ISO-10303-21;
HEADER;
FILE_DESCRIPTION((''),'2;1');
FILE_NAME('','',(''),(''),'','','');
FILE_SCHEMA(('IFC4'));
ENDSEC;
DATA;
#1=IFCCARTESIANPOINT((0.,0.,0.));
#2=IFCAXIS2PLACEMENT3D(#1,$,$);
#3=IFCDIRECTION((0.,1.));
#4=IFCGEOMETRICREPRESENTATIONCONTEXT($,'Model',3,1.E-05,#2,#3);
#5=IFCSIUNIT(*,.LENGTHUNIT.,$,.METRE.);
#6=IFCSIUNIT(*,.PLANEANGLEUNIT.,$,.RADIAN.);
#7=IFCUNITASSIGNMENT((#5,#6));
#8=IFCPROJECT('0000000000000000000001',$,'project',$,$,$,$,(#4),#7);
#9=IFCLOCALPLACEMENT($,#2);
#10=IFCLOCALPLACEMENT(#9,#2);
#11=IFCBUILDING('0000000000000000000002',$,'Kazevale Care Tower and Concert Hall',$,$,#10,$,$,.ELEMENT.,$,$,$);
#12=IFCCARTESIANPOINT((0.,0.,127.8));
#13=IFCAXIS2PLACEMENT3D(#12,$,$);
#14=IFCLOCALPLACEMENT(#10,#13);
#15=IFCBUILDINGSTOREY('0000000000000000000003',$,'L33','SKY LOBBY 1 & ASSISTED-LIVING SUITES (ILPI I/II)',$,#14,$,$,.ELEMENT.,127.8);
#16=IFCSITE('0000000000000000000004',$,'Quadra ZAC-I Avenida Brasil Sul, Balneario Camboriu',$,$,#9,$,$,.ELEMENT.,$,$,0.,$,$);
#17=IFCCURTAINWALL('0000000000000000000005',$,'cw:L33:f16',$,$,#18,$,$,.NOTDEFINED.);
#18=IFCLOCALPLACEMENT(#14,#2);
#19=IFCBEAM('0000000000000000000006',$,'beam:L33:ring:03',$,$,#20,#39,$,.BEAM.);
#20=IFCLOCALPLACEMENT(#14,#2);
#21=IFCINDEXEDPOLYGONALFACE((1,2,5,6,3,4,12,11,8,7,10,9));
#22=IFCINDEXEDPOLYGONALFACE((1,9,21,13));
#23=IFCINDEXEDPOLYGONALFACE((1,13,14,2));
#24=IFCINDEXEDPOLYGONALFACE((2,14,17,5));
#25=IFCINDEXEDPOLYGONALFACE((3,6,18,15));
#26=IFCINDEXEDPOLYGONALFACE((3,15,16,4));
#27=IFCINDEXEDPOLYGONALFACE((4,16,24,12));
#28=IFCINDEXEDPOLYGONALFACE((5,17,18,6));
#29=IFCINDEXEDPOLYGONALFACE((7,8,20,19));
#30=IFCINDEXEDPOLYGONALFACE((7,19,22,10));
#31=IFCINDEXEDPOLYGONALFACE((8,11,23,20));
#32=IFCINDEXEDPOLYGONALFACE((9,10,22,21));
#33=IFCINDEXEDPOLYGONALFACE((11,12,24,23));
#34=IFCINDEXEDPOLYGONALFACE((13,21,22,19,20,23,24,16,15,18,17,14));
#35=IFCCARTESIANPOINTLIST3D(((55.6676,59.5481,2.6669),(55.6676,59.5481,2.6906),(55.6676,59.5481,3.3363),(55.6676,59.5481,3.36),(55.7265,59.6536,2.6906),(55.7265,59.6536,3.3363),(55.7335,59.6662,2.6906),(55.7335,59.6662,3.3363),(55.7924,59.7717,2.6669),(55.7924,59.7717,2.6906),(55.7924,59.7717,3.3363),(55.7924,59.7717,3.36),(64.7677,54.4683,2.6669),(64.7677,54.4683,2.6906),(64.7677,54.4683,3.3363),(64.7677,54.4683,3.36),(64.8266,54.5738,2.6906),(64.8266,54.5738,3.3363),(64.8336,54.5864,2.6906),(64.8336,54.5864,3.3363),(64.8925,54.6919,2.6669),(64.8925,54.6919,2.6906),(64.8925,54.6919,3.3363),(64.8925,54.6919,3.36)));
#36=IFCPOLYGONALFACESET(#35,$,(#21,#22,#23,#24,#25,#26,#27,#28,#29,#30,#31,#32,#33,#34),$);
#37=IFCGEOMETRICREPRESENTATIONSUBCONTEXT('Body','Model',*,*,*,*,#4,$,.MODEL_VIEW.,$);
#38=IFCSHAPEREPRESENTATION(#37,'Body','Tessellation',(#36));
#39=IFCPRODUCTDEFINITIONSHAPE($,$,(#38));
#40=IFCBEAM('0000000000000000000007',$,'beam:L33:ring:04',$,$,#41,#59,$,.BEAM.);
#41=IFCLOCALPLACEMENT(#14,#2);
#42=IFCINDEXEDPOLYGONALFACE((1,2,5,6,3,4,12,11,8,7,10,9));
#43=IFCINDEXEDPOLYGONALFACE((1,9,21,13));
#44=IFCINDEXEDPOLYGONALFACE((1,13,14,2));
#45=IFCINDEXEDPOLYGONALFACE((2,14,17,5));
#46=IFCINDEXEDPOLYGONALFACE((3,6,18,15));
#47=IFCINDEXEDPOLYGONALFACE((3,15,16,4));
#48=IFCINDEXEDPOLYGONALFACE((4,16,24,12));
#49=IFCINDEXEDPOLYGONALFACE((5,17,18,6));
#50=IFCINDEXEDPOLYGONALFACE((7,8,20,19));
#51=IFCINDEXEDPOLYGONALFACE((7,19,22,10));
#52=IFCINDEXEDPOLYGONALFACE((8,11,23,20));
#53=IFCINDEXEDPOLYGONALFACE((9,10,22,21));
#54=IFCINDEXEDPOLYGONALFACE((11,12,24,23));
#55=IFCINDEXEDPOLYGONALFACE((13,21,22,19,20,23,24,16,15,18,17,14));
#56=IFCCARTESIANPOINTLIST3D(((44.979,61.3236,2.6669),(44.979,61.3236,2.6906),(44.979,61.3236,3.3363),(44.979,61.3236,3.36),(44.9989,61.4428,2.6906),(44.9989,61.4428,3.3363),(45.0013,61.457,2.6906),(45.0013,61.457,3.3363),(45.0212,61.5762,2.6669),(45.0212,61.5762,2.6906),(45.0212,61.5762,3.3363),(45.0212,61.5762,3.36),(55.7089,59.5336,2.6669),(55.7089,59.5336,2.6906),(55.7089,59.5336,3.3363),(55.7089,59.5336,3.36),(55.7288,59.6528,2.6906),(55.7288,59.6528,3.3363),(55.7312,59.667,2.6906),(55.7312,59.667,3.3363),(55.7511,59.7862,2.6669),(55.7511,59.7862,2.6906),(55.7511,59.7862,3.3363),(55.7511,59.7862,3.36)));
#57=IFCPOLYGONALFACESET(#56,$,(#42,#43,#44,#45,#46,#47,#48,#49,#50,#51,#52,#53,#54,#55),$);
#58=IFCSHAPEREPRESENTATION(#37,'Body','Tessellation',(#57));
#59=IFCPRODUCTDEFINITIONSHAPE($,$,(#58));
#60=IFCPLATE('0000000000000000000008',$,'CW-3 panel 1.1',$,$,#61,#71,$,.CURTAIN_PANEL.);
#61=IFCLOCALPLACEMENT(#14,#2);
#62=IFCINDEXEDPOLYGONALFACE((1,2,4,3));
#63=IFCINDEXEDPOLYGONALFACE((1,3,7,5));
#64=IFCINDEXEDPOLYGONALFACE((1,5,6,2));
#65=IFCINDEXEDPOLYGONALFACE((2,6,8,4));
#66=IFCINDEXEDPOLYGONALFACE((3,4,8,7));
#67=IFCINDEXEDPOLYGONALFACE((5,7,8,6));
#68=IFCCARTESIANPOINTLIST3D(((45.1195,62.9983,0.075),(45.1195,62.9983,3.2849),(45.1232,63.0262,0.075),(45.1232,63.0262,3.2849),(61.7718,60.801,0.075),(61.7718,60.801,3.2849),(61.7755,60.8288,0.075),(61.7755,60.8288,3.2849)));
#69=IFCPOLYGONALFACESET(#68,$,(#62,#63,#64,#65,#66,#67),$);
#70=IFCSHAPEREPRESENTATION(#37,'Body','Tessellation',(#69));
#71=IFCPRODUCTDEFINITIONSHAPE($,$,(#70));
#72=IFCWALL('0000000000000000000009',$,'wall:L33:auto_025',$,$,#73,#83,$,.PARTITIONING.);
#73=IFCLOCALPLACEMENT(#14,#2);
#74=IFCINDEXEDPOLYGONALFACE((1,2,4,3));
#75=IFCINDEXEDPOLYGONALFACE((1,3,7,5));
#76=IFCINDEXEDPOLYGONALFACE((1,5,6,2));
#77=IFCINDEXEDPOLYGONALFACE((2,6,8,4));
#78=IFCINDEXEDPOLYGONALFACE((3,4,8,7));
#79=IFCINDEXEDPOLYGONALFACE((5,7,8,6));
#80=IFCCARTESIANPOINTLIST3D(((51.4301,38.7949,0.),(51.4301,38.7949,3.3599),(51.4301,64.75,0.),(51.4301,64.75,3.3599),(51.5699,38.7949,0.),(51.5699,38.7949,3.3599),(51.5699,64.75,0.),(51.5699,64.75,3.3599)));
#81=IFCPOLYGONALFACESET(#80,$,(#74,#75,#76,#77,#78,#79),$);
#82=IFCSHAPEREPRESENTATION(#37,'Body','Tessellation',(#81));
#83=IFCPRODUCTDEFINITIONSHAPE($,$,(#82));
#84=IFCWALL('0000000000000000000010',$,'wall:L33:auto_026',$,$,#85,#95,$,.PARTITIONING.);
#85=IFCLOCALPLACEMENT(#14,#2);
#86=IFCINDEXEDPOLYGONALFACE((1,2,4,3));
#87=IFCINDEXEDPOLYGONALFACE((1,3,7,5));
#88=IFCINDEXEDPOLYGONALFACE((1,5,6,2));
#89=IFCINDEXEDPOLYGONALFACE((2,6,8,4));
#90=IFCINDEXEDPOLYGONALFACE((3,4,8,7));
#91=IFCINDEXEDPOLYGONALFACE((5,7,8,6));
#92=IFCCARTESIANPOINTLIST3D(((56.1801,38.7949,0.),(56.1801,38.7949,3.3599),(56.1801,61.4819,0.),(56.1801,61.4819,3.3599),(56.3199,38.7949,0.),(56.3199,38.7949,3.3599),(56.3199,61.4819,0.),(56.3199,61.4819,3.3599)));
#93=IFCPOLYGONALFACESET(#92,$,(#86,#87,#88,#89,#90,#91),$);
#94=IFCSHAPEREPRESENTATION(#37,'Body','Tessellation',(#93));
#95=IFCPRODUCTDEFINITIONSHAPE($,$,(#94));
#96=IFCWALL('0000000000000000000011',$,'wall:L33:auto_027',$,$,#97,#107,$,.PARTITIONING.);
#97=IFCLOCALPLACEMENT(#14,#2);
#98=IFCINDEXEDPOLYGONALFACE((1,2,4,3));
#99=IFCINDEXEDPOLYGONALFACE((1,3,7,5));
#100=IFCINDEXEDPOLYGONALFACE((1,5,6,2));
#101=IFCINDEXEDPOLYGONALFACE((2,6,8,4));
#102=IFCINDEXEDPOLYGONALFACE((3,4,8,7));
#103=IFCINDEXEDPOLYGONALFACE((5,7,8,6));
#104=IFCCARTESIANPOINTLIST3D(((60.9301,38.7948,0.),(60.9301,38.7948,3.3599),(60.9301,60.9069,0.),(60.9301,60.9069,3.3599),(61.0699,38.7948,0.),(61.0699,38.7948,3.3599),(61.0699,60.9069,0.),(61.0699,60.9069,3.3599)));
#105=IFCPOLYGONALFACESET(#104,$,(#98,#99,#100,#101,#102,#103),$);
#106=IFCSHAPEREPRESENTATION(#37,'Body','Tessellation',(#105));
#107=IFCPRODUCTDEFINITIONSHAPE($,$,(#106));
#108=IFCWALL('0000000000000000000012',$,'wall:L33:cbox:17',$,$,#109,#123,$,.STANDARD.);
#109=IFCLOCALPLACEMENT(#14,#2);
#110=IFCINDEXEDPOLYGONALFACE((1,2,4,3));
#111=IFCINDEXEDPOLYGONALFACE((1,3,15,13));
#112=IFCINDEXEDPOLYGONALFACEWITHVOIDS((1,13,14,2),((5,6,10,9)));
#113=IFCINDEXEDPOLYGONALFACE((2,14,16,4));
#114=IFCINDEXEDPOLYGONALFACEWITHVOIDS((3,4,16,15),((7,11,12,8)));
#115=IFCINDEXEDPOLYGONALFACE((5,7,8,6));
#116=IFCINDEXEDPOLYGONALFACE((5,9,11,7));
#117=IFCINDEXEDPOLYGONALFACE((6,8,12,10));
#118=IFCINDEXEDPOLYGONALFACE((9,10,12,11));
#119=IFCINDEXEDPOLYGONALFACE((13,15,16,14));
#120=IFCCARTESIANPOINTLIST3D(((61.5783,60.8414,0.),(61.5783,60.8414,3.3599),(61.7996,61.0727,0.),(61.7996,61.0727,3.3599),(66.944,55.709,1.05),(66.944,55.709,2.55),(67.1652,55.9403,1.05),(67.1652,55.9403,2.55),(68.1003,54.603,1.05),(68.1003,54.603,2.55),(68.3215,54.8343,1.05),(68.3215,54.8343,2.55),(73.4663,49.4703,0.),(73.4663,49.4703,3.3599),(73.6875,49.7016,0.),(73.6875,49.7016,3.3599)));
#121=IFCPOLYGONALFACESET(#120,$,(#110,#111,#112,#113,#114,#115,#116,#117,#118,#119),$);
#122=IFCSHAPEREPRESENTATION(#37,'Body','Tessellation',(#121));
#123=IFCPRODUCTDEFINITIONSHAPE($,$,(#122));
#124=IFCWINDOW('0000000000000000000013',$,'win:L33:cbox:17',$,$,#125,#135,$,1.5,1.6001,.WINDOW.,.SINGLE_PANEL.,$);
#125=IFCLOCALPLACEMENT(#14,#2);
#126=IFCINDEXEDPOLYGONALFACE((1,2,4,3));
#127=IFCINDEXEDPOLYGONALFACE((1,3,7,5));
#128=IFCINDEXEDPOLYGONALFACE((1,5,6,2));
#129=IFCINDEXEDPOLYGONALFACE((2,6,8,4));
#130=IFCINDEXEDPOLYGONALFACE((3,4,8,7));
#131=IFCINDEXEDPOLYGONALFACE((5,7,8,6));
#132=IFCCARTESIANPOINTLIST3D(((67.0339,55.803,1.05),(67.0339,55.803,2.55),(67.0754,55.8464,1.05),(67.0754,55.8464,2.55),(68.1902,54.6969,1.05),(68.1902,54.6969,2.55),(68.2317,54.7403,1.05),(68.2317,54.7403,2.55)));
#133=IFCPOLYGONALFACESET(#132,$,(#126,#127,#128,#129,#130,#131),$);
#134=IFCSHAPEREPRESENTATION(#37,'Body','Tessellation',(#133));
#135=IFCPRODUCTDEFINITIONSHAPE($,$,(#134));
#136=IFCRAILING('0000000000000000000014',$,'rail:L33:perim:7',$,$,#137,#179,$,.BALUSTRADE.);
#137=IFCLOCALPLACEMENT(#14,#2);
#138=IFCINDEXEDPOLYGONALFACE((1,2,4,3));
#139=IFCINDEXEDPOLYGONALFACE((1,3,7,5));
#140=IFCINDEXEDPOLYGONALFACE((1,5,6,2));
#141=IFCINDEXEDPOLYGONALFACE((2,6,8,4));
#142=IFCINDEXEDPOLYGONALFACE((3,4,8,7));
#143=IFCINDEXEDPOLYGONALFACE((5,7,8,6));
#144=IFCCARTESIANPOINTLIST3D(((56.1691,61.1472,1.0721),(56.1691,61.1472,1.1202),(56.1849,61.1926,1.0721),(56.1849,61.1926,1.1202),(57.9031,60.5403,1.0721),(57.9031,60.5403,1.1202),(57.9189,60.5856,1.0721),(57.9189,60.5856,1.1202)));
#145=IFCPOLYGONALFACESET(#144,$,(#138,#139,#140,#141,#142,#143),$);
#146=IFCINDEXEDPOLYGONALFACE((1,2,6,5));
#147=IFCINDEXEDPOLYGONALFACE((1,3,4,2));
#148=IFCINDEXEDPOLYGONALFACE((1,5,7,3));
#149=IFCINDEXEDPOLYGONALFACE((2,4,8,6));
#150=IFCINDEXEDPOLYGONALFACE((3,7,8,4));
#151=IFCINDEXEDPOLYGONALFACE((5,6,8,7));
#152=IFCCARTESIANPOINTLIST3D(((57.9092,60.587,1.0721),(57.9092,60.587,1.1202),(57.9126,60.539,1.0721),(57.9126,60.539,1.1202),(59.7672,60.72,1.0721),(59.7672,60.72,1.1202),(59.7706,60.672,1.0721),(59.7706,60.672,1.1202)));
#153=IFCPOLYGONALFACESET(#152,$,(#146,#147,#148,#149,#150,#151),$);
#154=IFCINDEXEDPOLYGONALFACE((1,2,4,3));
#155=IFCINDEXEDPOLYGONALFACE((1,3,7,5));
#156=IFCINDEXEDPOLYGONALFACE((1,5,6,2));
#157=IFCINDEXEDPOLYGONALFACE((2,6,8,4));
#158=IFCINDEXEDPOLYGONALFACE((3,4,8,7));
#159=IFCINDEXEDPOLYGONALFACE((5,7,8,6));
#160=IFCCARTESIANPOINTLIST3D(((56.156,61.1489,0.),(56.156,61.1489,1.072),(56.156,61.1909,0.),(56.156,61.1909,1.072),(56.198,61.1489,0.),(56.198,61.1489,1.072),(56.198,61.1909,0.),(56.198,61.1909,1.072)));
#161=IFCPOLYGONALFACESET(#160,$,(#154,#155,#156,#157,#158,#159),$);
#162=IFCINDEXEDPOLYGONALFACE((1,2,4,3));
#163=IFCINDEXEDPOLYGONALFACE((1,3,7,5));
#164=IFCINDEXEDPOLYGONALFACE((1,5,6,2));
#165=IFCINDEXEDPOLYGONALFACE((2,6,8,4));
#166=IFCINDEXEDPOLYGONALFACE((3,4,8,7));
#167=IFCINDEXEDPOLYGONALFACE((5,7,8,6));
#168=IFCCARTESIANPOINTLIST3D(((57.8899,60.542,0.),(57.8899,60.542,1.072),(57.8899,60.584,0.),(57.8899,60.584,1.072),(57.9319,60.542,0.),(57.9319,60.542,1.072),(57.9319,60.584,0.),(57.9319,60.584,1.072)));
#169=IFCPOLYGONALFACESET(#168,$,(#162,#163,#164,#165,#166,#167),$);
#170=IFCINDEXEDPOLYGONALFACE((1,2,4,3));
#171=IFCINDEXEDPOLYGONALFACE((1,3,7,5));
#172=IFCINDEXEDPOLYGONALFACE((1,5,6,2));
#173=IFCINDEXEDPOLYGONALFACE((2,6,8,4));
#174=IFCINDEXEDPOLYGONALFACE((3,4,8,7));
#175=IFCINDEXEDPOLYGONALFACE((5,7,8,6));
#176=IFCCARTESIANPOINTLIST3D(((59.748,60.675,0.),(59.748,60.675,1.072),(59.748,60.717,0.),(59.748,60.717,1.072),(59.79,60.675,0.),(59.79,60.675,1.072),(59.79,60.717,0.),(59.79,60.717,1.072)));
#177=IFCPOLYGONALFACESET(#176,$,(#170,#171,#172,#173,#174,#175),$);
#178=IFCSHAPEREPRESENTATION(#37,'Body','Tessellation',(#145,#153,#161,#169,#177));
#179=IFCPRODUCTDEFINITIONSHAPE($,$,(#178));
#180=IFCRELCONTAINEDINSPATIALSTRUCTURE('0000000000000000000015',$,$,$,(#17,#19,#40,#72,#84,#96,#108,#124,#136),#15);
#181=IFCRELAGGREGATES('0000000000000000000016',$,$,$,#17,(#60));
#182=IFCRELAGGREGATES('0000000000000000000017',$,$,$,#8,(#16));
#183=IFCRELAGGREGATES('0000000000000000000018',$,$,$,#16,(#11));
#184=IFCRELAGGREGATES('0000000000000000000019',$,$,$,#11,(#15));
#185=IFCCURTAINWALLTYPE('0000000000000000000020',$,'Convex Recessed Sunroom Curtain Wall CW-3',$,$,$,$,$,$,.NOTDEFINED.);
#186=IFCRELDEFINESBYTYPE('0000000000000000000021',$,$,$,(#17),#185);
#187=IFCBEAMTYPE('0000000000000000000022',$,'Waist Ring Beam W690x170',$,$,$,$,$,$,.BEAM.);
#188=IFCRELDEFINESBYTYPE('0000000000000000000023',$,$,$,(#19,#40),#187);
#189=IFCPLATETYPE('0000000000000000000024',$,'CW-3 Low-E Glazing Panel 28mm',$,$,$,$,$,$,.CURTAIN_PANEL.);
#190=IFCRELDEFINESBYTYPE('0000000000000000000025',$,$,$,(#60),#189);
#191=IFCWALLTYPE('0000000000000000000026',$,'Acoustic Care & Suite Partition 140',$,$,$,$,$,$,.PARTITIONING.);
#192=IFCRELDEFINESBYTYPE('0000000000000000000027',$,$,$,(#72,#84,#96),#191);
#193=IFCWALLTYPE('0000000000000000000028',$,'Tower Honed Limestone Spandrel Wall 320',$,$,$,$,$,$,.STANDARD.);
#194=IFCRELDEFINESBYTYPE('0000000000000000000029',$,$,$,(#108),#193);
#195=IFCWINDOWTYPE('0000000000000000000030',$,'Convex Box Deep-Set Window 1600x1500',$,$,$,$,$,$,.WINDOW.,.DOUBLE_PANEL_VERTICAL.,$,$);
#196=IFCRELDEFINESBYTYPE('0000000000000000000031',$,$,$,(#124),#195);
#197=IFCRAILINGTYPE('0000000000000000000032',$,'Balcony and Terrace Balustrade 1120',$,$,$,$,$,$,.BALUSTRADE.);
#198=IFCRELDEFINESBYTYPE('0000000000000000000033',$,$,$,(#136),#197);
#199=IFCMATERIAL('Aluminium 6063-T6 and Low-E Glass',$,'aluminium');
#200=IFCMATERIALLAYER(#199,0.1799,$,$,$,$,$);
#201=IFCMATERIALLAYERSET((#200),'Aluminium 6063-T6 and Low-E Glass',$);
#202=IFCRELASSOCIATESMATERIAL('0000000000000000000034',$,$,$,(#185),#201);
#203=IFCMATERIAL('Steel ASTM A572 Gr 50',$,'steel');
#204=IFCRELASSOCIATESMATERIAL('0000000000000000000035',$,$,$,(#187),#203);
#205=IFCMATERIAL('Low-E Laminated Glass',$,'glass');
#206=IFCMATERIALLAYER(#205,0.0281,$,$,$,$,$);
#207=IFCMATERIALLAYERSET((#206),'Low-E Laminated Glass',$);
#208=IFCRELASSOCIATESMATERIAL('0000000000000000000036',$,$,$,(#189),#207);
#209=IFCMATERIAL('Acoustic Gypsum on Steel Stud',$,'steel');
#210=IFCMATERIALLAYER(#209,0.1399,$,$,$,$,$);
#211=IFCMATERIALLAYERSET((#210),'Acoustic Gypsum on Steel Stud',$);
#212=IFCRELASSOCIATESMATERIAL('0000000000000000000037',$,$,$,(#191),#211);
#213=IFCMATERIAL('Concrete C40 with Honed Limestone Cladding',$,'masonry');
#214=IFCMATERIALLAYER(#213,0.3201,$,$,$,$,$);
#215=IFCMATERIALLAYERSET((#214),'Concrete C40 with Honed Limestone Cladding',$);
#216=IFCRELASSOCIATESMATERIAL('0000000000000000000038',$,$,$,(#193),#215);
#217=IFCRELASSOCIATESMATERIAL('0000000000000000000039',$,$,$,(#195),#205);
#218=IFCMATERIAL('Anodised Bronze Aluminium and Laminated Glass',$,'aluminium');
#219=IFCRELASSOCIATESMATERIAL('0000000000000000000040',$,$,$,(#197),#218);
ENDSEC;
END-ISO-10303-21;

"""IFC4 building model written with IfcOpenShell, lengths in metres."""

from ifc_helpers import new_model, si_unit, direction, frame, frame_2d, origin, origin_2d, place, context, subcontext, project, spatial, rectangle, i_section, extrude, material, layer, layer_set, material_profile, profile_set, type_object, element, fill, aggregate, save


model = new_model("IFC4")

# Units and contexts
model_context = context("Model", 3, precision=1e-05, world=origin(), true_north=direction((0.0, 1.0)))
body_context = subcontext(model_context, "Body", "Model", "MODEL_VIEW")
ifc_project = project(units=[si_unit("LENGTHUNIT", "METRE"), si_unit("PLANEANGLEUNIT", "RADIAN")], contexts=[model_context])

# Site, building, storey
site_placement = place(None, origin())
site = spatial("IfcSite", under=ifc_project, at=site_placement, Name="Quadra ZAC-I Avenida Brasil Sul, Balneario Camboriu", CompositionType="ELEMENT", RefElevation=0.0)
building_placement = place(site_placement, origin())
building = spatial("IfcBuilding", under=site, at=building_placement, Name="Kazevale Care Tower and Concert Hall", CompositionType="ELEMENT")
storey_placement = place(building_placement, frame((0.0, 0.0, 127.8)))
storey = spatial("IfcBuildingStorey", under=building, at=storey_placement, Name="L33", Description="SKY LOBBY 1 & ASSISTED-LIVING SUITES (ILPI I/II)", CompositionType="ELEMENT", Elevation=127.8)

# Curtain wall
ifc_material_1 = material(Name="Aluminium 6063-T6 and Low-E Glass", Category="aluminium")
ifc_layer_1 = layer(ifc_material_1, 0.1799)
ifc_layer_set_1 = layer_set([ifc_layer_1], Name="Aluminium 6063-T6 and Low-E Glass")
curtain_wall_type_1 = type_object("IfcCurtainWallType", Name="Convex Recessed Sunroom Curtain Wall CW-3", PredefinedType="NOTDEFINED", material=ifc_layer_set_1)
curtain_wall_1_placement = place(storey_placement, origin())
curtain_wall_1 = element("IfcCurtainWall", 1, at=curtain_wall_1_placement, inside=storey, type_object=curtain_wall_type_1, Name="cw:L33:f16", PredefinedType="NOTDEFINED")

# Beams
ifc_material_2 = material(Name="Steel ASTM A572 Gr 50", Category="steel")
ifc_material_profile_1 = material_profile(ifc_material_2, i_section(OverallWidth=0.2561, OverallDepth=0.6931, WebThickness=0.0144, FlangeThickness=0.0237, at=origin_2d()), Name="W690x170")
ifc_profile_set_1 = profile_set([ifc_material_profile_1], Name="Steel ASTM A572 Gr 50")
beam_type = type_object("IfcBeamType", Name="Waist Ring Beam W690x170", PredefinedType="BEAM", material=ifc_profile_set_1)
beam_1_placement = place(storey_placement, frame((64.8301, 54.5801, 3.0134), z_axis=(-0.873169, 0.487418, 0.0), x_axis=(-0.487418, -0.873169, 0.0)))
element("IfcBeam", 2, at=beam_1_placement, inside=storey, type_object=beam_type, Name="beam:L33:ring:03", PredefinedType="BEAM", context=body_context, shape_type="SweptSolid", body=[
    extrude(i_section(OverallWidth=0.2561, OverallDepth=0.6931, WebThickness=0.0144, FlangeThickness=0.0237, at=origin_2d()), origin(), (0.0, 0.0, 1.0), 10.4219),
])
beam_2_placement = place(storey_placement, frame((55.73, 59.6599, 3.0134), z_axis=(-0.986368, 0.164552, 0.0), x_axis=(-0.164552, -0.986368, 0.0)))
element("IfcBeam", 3, at=beam_2_placement, inside=storey, type_object=beam_type, Name="beam:L33:ring:04", PredefinedType="BEAM", context=body_context, shape_type="SweptSolid", body=[
    extrude(i_section(OverallWidth=0.2561, OverallDepth=0.6931, WebThickness=0.0144, FlangeThickness=0.0237, at=origin_2d()), origin(), (0.0, 0.0, 1.0), 10.8782),
])

# Plate
ifc_material_3 = material(Name="Low-E Laminated Glass", Category="glass")
ifc_layer_2 = layer(ifc_material_3, 0.0281)
ifc_layer_set_2 = layer_set([ifc_layer_2], Name="Low-E Laminated Glass")
plate_type = type_object("IfcPlateType", Name="CW-3 Low-E Glazing Panel 28mm", PredefinedType="CURTAIN_PANEL", material=ifc_layer_set_2)
plate_placement = place(storey_placement, frame((53.4475, 61.9136, 0.075), z_axis=(0.0, 0.0, 1.0), x_axis=(0.991406, -0.130822, 0.0)))
plate = element("IfcPlate", 4, at=plate_placement, type_object=plate_type, Name="CW-3 panel 1.1", PredefinedType="CURTAIN_PANEL", context=body_context, shape_type="SweptSolid", body=[
    extrude(rectangle(XDim=16.7966, YDim=0.0281, at=origin_2d()), origin(), (0.0, 0.0, 1.0), 3.21),
])
aggregate(curtain_wall_1, [plate])

# Walls
ifc_material_4 = material(Name="Acoustic Gypsum on Steel Stud", Category="steel")
ifc_layer_3 = layer(ifc_material_4, 0.1399)
ifc_layer_set_3 = layer_set([ifc_layer_3], Name="Acoustic Gypsum on Steel Stud")
wall_type_1 = type_object("IfcWallType", Name="Acoustic Care & Suite Partition 140", PredefinedType="PARTITIONING", material=ifc_layer_set_3)
wall_1_placement = place(storey_placement, frame((51.5, 64.75, 0.0), z_axis=(0.0, 0.0, 1.0), x_axis=(0.0, -1.0, 0.0)))
element("IfcWall", 5, at=wall_1_placement, inside=storey, type_object=wall_type_1, Name="wall:L33:auto_025", PredefinedType="PARTITIONING", context=body_context, shape_type="SweptSolid", body=[
    extrude(rectangle(XDim=25.9551, YDim=0.1399, at=frame_2d((12.9775, 0.0))), origin(), (0.0, 0.0, 1.0), 3.3599),
])
wall_2_placement = place(storey_placement, frame((56.25, 61.4819, 0.0), z_axis=(0.0, 0.0, 1.0), x_axis=(0.0, -1.0, 0.0)))
element("IfcWall", 6, at=wall_2_placement, inside=storey, type_object=wall_type_1, Name="wall:L33:auto_026", PredefinedType="PARTITIONING", context=body_context, shape_type="SweptSolid", body=[
    extrude(rectangle(XDim=22.687, YDim=0.1399, at=frame_2d((11.3435, 0.0))), origin(), (0.0, 0.0, 1.0), 3.3599),
])
wall_3_placement = place(storey_placement, frame((61.0, 60.907, 0.0), z_axis=(0.0, 0.0, 1.0), x_axis=(0.0, -1.0, 0.0)))
element("IfcWall", 7, at=wall_3_placement, inside=storey, type_object=wall_type_1, Name="wall:L33:auto_027", PredefinedType="PARTITIONING", context=body_context, shape_type="SweptSolid", body=[
    extrude(rectangle(XDim=22.1121, YDim=0.1399, at=frame_2d((11.0562, 0.0))), origin(), (0.0, 0.0, 1.0), 3.3599),
])

# Wall, opening, window
ifc_material_5 = material(Name="Concrete C40 with Honed Limestone Cladding", Category="masonry")
ifc_layer_4 = layer(ifc_material_5, 0.3201)
ifc_layer_set_4 = layer_set([ifc_layer_4], Name="Concrete C40 with Honed Limestone Cladding")
wall_type_2 = type_object("IfcWallType", Name="Tower Honed Limestone Spandrel Wall 320", PredefinedType="STANDARD", material=ifc_layer_set_4)
wall_4_placement = place(storey_placement, frame((61.689, 60.957, 0.0), z_axis=(0.0, 0.0, 1.0), x_axis=(0.722641, -0.691223, 0.0)))
wall_4 = element("IfcWall", 8, at=wall_4_placement, inside=storey, type_object=wall_type_2, Name="wall:L33:cbox:17", PredefinedType="STANDARD", context=body_context, shape_type="SweptSolid", body=[
    extrude(rectangle(XDim=16.4507, YDim=0.3201, at=frame_2d((8.2253, 0.0))), origin(), (0.0, 0.0, 1.0), 3.3599),
])
opening_placement = place(wall_4_placement, frame((7.425, 0.0, 1.05)))
opening = element("IfcOpeningElement", 9, at=opening_placement, cuts=wall_4, PredefinedType="OPENING", context=body_context, shape_type="SweptSolid", body=[
    extrude(rectangle(XDim=1.6001, YDim=1.5, at=frame_2d((0.8, 0.75))), frame((0.0, 0.1699, 0.0), z_axis=(0.0, -1.0, 0.0), x_axis=(1.0, 0.0, 0.0)), (0.0, 0.0, 1.0), 0.3401),
])
window_type = type_object("IfcWindowType", Name="Convex Box Deep-Set Window 1600x1500", PartitioningType="DOUBLE_PANEL_VERTICAL", PredefinedType="WINDOW", material=ifc_material_3)
window_placement = place(opening_placement, origin())
window = element("IfcWindow", 10, at=window_placement, inside=storey, type_object=window_type, Name="win:L33:cbox:17", OverallHeight=1.5, OverallWidth=1.6001, PartitioningType="SINGLE_PANEL", PredefinedType="WINDOW", context=body_context, shape_type="SweptSolid", body=[
    extrude(rectangle(XDim=1.6001, YDim=1.5, at=frame_2d((0.8, 0.75))), frame((0.0, 0.03, 0.0), z_axis=(0.0, -1.0, 0.0), x_axis=(1.0, 0.0, 0.0)), (0.0, 0.0, 1.0), 0.0601),
])
fill(opening, window)

# Railing
ifc_material_6 = material(Name="Anodised Bronze Aluminium and Laminated Glass", Category="aluminium")
railing_type = type_object("IfcRailingType", Name="Balcony and Terrace Balustrade 1120", PredefinedType="BALUSTRADE", material=ifc_material_6)
railing_1_placement = place(storey_placement, frame((56.177, 61.1699, 0.0)))
element("IfcRailing", 11, at=railing_1_placement, inside=storey, type_object=railing_type, Name="rail:L33:perim:7", PredefinedType="BALUSTRADE", context=body_context, shape_type="SweptSolid", body=[
    extrude(rectangle(XDim=0.0481, YDim=0.0481, at=origin_2d()), frame((0.0, 0.0, 1.0962), z_axis=(0.943846, -0.330386, 0.0), x_axis=(0.330386, 0.943846, 0.0)), (0.0, 0.0, 1.0), 1.8372),
    extrude(rectangle(XDim=0.0481, YDim=0.0481, at=origin_2d()), frame((1.7339, -0.6069, 1.0962), z_axis=(0.997446, 0.071424, 0.0), x_axis=(-0.071424, 0.997446, 0.0)), (0.0, 0.0, 1.0), 1.8628),
    extrude(rectangle(XDim=0.042, YDim=0.042, at=origin_2d()), origin(), (0.0, 0.0, 1.0), 1.072),
    extrude(rectangle(XDim=0.042, YDim=0.042, at=origin_2d()), frame((1.7339, -0.6069, 0.0)), (0.0, 0.0, 1.0), 1.072),
    extrude(rectangle(XDim=0.042, YDim=0.042, at=origin_2d()), frame((3.592, -0.4739, 0.0)), (0.0, 0.0, 1.0), 1.072),
])

save(model, "model.ifc")
